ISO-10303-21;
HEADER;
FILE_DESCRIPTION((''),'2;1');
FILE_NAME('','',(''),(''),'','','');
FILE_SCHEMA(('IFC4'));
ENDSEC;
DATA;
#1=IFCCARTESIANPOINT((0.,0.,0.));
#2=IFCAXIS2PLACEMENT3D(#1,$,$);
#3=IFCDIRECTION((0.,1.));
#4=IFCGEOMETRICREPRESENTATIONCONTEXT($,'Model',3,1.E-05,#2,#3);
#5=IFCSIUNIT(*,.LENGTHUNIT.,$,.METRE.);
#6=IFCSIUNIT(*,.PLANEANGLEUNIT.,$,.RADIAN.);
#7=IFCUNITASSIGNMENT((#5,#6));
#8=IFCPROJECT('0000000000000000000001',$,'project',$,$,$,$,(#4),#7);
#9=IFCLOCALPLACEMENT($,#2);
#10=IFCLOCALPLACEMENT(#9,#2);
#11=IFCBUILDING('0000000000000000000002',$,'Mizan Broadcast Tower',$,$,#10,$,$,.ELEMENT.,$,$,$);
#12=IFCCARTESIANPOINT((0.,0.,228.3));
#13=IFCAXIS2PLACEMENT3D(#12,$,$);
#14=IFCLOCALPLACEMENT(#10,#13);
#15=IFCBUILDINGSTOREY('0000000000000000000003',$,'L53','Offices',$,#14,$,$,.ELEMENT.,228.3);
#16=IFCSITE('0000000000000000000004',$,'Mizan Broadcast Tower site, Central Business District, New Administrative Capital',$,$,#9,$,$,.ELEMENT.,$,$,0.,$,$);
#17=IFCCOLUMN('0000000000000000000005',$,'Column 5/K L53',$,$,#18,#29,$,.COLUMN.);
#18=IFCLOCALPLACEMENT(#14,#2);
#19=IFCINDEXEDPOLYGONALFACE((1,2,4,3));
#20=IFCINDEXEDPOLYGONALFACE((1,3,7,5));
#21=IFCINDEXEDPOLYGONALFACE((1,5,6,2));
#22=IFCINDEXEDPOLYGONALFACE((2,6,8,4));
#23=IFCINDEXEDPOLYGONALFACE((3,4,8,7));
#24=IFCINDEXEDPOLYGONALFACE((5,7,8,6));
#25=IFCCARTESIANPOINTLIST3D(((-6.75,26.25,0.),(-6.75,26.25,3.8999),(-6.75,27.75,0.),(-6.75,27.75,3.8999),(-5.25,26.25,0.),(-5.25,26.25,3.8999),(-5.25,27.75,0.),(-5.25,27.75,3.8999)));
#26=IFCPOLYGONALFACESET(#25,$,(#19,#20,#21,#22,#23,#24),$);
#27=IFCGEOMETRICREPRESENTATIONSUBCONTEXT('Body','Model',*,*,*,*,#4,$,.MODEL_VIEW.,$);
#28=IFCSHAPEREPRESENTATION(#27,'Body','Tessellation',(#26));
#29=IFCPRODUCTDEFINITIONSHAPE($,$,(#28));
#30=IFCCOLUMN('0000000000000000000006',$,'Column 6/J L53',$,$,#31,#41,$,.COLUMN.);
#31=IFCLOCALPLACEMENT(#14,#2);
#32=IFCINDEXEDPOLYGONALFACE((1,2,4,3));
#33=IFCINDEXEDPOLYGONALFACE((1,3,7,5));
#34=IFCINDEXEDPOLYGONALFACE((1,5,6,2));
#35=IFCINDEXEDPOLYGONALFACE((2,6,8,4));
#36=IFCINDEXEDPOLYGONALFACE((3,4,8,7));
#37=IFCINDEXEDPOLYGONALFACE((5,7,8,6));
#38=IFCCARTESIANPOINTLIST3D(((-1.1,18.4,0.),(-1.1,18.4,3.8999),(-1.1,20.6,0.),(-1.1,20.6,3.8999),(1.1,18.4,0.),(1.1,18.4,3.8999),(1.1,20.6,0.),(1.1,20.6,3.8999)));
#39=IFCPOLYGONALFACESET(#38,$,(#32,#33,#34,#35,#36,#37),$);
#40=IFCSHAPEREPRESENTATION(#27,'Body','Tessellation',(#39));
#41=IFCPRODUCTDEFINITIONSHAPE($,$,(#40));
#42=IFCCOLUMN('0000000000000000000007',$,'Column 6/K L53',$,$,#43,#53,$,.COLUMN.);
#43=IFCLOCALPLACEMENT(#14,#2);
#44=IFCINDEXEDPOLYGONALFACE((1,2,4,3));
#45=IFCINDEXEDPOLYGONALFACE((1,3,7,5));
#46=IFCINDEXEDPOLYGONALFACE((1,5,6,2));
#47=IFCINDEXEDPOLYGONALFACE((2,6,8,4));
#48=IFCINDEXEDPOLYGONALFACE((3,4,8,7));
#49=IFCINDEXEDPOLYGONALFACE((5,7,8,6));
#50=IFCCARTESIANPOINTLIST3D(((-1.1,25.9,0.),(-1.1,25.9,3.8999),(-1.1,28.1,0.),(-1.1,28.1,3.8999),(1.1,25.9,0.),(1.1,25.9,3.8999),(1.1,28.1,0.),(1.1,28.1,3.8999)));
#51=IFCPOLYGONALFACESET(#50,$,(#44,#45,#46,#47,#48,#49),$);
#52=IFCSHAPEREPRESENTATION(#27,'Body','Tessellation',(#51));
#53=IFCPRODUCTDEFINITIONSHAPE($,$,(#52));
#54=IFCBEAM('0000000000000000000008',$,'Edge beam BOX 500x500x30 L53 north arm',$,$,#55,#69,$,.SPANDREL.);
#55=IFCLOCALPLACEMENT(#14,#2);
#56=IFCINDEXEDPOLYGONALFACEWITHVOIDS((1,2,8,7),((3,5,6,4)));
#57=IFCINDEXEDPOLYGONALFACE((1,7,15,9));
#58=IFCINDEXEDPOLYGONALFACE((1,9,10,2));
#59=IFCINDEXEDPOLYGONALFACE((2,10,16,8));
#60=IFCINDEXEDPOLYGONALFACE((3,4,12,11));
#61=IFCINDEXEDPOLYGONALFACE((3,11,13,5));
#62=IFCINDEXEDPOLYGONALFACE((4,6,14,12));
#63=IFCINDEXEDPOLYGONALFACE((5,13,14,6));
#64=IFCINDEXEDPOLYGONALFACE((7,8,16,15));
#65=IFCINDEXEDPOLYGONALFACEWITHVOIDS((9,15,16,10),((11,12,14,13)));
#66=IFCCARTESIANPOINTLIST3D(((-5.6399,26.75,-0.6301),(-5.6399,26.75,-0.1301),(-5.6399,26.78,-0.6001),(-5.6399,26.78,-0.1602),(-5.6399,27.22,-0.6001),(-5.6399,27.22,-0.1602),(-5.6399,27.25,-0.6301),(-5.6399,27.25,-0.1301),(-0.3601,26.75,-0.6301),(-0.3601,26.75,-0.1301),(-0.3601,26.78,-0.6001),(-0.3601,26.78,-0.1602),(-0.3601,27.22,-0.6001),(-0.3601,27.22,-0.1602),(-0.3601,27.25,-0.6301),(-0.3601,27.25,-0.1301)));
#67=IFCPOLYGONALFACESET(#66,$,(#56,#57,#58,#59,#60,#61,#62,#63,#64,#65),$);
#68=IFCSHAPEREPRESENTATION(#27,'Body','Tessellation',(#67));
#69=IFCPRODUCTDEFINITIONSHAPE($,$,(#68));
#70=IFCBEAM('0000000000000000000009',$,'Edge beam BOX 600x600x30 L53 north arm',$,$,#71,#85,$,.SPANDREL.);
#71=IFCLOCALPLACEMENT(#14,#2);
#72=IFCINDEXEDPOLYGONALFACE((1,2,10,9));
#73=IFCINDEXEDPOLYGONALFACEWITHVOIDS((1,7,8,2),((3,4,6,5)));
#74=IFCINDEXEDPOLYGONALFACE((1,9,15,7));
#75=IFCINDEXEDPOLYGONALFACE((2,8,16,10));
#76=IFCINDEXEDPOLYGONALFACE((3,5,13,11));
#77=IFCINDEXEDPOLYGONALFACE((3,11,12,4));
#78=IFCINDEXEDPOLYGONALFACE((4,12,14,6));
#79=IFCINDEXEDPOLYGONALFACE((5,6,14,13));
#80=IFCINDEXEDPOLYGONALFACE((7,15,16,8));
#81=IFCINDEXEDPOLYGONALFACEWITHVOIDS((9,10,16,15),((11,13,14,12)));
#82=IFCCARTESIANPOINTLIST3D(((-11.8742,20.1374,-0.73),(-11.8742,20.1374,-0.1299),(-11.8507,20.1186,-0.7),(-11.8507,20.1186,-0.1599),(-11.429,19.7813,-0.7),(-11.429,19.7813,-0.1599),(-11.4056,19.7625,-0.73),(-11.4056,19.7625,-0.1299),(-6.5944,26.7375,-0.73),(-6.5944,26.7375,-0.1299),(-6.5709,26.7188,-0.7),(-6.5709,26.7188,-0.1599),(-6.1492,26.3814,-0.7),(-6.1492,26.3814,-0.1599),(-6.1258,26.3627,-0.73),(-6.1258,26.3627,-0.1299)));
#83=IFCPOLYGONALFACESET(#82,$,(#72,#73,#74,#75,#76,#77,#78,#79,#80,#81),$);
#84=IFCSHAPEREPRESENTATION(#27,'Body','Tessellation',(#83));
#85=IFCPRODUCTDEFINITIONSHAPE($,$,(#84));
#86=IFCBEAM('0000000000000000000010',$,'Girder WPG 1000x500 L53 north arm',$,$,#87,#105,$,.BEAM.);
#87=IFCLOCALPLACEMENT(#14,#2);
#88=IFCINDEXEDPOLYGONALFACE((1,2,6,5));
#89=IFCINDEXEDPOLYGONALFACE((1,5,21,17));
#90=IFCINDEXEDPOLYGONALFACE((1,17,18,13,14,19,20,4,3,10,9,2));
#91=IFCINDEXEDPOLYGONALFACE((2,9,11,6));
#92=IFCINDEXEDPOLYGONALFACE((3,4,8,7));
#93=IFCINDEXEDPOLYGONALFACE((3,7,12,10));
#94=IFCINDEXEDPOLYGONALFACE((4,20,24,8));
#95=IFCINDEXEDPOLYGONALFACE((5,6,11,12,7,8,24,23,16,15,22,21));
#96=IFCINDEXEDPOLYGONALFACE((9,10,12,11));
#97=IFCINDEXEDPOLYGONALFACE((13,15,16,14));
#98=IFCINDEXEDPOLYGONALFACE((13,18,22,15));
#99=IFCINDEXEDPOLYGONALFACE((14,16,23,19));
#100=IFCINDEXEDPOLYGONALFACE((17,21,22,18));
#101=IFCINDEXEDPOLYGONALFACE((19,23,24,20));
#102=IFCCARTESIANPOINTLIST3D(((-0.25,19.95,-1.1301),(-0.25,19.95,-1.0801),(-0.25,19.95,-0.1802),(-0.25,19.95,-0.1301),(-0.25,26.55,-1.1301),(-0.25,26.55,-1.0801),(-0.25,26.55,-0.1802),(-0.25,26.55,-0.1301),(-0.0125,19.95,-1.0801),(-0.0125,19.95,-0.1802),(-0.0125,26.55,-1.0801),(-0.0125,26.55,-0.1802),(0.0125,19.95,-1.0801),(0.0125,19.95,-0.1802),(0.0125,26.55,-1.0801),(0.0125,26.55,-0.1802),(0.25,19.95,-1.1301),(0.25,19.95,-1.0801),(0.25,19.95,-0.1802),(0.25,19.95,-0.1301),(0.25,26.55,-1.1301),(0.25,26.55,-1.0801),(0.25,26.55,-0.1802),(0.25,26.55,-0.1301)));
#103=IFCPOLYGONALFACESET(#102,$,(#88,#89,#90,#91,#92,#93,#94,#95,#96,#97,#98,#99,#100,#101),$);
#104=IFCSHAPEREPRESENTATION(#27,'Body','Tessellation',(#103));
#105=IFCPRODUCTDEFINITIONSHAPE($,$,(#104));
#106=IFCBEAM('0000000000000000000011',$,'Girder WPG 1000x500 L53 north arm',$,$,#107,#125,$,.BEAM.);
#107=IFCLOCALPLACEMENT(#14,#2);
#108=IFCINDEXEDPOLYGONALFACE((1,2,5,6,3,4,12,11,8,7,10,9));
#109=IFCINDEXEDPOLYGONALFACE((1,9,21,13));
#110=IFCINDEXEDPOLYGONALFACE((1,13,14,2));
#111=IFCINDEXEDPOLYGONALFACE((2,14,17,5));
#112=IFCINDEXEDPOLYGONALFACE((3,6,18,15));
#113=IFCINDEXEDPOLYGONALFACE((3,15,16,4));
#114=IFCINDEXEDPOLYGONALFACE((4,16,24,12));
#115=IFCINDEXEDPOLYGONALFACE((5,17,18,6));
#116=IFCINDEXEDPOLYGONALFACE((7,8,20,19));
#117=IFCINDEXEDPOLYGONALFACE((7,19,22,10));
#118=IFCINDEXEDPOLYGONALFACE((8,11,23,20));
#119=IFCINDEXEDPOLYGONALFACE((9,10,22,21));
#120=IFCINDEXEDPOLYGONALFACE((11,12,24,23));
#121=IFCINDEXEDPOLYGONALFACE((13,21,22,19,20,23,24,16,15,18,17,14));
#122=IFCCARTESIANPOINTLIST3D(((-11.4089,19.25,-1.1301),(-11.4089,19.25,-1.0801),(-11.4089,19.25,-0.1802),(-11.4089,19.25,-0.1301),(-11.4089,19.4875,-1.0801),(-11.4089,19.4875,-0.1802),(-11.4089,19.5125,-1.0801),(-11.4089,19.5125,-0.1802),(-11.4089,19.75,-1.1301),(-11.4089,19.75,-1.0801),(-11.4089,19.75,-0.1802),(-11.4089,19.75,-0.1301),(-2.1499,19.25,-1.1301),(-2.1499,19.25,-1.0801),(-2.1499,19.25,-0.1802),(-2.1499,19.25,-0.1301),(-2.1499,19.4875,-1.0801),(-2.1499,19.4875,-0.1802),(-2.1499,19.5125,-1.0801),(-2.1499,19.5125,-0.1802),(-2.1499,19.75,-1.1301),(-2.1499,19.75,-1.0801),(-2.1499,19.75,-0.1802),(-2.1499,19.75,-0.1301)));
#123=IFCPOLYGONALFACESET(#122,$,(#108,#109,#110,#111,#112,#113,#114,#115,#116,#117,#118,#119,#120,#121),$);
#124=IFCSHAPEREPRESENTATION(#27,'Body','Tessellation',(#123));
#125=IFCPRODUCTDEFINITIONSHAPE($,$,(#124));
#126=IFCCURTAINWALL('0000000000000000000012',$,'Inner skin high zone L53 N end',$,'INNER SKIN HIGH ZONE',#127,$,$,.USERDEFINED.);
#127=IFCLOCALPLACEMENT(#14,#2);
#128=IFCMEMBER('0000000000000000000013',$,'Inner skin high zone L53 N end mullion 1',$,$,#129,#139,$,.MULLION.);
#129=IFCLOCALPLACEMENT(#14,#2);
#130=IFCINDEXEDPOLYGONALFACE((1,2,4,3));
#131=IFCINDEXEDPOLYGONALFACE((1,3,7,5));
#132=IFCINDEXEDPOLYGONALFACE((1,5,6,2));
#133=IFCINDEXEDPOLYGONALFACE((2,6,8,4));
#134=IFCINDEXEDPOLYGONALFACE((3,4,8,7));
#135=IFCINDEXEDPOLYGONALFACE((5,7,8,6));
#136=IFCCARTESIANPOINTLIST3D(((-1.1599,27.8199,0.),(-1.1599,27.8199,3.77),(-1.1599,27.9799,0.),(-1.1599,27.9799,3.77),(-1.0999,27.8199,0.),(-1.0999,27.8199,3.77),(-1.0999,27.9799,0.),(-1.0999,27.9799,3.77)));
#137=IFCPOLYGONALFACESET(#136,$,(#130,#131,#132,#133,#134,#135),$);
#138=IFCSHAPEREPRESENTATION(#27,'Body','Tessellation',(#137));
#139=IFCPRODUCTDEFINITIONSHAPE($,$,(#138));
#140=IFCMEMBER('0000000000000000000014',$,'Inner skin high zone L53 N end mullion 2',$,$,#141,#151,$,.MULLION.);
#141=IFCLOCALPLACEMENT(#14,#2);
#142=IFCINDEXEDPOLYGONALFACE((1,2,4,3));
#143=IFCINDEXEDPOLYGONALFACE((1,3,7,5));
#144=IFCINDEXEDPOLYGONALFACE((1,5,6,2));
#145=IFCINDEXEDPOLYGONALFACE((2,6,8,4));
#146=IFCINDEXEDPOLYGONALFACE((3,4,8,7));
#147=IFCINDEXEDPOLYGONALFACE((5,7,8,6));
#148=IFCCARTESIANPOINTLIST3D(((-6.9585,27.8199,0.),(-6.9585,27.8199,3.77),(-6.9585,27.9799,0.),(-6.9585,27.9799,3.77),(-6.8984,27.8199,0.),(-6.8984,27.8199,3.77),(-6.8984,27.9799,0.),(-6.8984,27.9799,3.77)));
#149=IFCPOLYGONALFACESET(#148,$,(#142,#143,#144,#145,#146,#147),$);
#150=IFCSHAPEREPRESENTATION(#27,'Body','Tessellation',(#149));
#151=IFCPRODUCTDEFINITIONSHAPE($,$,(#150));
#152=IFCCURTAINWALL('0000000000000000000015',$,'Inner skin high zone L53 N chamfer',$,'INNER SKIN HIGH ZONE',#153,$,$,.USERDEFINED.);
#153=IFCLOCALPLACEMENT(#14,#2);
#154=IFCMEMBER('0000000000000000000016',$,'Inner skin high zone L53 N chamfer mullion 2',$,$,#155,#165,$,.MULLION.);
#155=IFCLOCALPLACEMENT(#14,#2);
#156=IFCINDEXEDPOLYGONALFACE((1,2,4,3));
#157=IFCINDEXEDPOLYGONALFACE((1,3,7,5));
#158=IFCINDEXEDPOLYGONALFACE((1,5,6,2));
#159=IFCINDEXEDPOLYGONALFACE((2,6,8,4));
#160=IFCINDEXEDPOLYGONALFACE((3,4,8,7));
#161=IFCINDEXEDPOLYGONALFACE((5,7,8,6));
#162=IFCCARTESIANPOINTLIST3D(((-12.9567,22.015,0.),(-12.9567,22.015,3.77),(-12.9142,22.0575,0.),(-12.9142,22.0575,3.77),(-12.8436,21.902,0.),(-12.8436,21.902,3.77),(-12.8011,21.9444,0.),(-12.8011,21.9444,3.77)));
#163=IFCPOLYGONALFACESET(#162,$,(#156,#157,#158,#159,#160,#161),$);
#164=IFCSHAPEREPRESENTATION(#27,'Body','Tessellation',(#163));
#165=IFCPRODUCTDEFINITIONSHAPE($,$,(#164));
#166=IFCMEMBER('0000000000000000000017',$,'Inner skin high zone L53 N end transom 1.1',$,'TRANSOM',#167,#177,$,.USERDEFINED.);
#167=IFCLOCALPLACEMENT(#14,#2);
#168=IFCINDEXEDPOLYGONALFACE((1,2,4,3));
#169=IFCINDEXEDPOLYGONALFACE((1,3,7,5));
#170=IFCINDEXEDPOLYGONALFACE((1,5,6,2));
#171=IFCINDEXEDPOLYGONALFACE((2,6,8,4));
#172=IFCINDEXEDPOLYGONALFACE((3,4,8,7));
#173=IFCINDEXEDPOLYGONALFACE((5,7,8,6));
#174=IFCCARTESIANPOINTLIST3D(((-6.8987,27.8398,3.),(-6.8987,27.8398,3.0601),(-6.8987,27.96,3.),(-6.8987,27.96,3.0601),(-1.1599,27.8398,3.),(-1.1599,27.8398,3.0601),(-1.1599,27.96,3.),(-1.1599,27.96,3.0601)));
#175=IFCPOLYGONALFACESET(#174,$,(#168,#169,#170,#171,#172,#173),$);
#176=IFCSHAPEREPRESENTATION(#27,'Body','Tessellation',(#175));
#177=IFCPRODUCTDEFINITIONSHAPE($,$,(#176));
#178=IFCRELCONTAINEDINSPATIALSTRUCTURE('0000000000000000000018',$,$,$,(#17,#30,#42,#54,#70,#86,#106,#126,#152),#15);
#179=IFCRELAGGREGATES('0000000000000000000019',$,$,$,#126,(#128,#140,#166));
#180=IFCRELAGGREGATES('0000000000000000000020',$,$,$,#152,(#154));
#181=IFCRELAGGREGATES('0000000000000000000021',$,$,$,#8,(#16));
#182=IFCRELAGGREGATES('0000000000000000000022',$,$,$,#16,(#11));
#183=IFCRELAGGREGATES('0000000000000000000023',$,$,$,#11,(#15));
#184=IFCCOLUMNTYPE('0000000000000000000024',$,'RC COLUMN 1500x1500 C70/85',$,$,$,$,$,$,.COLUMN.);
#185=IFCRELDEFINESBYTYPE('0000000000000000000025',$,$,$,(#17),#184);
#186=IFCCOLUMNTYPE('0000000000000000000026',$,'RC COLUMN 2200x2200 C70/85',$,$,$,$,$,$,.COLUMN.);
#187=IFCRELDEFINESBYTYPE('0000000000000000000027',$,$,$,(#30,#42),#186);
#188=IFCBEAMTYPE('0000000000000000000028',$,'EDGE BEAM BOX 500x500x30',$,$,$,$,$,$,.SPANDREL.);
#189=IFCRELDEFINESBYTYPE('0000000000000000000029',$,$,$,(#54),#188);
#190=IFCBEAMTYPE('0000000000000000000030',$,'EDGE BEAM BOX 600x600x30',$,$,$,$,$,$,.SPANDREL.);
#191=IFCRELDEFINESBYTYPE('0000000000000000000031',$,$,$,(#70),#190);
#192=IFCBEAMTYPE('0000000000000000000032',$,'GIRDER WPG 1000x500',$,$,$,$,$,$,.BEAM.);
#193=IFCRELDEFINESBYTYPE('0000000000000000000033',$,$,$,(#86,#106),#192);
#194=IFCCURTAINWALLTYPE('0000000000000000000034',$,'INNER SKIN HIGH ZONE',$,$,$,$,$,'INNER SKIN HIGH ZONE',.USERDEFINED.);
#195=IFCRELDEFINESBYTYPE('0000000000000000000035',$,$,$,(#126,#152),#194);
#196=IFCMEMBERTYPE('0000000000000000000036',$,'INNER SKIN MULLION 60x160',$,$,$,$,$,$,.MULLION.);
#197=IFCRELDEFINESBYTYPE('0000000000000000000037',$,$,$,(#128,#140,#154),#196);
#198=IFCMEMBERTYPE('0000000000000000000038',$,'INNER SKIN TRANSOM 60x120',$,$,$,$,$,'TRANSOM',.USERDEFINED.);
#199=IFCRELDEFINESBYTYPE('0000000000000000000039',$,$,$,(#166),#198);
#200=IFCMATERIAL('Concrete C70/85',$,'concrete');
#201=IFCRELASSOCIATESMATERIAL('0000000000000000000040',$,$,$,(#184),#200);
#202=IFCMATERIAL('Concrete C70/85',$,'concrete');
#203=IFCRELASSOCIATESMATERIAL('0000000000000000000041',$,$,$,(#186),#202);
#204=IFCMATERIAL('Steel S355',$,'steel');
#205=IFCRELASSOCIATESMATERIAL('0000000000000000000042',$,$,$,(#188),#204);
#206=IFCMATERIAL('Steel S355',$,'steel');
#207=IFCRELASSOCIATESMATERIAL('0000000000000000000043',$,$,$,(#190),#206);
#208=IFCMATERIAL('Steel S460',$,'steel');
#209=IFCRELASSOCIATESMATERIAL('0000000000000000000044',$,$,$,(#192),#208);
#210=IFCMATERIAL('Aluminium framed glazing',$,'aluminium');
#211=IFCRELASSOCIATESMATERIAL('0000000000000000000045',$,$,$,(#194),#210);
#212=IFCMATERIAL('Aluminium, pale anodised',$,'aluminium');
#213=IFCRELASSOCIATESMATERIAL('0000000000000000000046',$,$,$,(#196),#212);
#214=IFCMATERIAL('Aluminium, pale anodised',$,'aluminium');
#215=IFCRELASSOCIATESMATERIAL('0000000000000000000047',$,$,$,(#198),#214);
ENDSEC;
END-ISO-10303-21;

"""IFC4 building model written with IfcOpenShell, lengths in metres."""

from ifc_helpers import new_model, si_unit, direction, frame, origin, origin_2d, place, context, subcontext, project, spatial, rectangle, hollow_rectangle, i_section, extrude, material, material_profile, profile_set, type_object, element, aggregate, save


model = new_model("IFC4")

# Units and contexts
model_context = context("Model", 3, precision=1e-05, world=origin(), true_north=direction((0.0, 1.0)))
body_context = subcontext(model_context, "Body", "Model", "MODEL_VIEW")
ifc_project = project(units=[si_unit("LENGTHUNIT", "METRE"), si_unit("PLANEANGLEUNIT", "RADIAN")], contexts=[model_context])

# Site, building, storey
site_placement = place(None, origin())
site = spatial("IfcSite", under=ifc_project, at=site_placement, Name="Mizan Broadcast Tower site, Central Business District, New Administrative Capital", CompositionType="ELEMENT", RefElevation=0.0)
building_placement = place(site_placement, origin())
building = spatial("IfcBuilding", under=site, at=building_placement, Name="Mizan Broadcast Tower", CompositionType="ELEMENT")
storey_placement = place(building_placement, frame((0.0, 0.0, 228.3)))
storey = spatial("IfcBuildingStorey", under=building, at=storey_placement, Name="L53", Description="Offices", CompositionType="ELEMENT", Elevation=228.3)

# Columns
ifc_material_1 = material(Name="Concrete C70/85", Category="concrete")
ifc_material_profile_1 = material_profile(ifc_material_1, rectangle(XDim=1.5, YDim=1.5, at=origin_2d()), Name="RC 1500x1500")
ifc_profile_set_1 = profile_set([ifc_material_profile_1], Name="Concrete C70/85")
column_type_1 = type_object("IfcColumnType", Name="RC COLUMN 1500x1500 C70/85", PredefinedType="COLUMN", material=ifc_profile_set_1)
column_placement = place(storey_placement, frame((-6.0, 27.0, 0.0), z_axis=(0.0, 0.0, 1.0), x_axis=(1.0, 0.0, 0.0)))
element("IfcColumn", 1, at=column_placement, inside=storey, type_object=column_type_1, Name="Column 5/K L53", PredefinedType="COLUMN", context=body_context, shape_type="SweptSolid", body=[
    extrude(rectangle(XDim=1.5, YDim=1.5, at=origin_2d()), origin(), (0.0, 0.0, 1.0), 3.8999),
])
ifc_material_2 = material(Name="Concrete C70/85", Category="concrete")
ifc_material_profile_2 = material_profile(ifc_material_2, rectangle(XDim=2.2, YDim=2.2, at=origin_2d()), Name="RC 2200x2200")
ifc_profile_set_2 = profile_set([ifc_material_profile_2], Name="Concrete C70/85")
column_type_2 = type_object("IfcColumnType", Name="RC COLUMN 2200x2200 C70/85", PredefinedType="COLUMN", material=ifc_profile_set_2)
for number, where, z_axis, x_axis, name in (
    (2, (0.0, 19.5, 0.0), (0.0, 0.0, 1.0), (1.0, 0.0, 0.0), "Column 6/J L53"),
    (3, (0.0, 27.0, 0.0), (0.0, 0.0, 1.0), (1.0, 0.0, 0.0), "Column 6/K L53"),
):
    element("IfcColumn", number, at=place(storey_placement, frame(where, z_axis=z_axis, x_axis=x_axis)), inside=storey, type_object=column_type_2, Name=name, PredefinedType="COLUMN", context=body_context, shape_type="SweptSolid", body=[
        extrude(rectangle(XDim=2.2, YDim=2.2, at=origin_2d()), origin(), (0.0, 0.0, 1.0), 3.8999),
    ])

# Beams
ifc_material_3 = material(Name="Steel S355", Category="steel")
ifc_material_profile_3 = material_profile(ifc_material_3, hollow_rectangle(XDim=0.5, YDim=0.5, WallThickness=0.03, at=origin_2d()), Name="BOX 500x500x30")
ifc_profile_set_3 = profile_set([ifc_material_profile_3], Name="Steel S355")
beam_type_1 = type_object("IfcBeamType", Name="EDGE BEAM BOX 500x500x30", PredefinedType="SPANDREL", material=ifc_profile_set_3)
beam_1_placement = place(storey_placement, frame((-5.6399, 27.0, -0.3801), z_axis=(1.0, 0.0, 0.0), x_axis=(0.0, 1.0, 0.0)))
element("IfcBeam", 4, at=beam_1_placement, inside=storey, type_object=beam_type_1, Name="Edge beam BOX 500x500x30 L53 north arm", PredefinedType="SPANDREL", context=body_context, shape_type="SweptSolid", body=[
    extrude(hollow_rectangle(XDim=0.5, YDim=0.5, WallThickness=0.03, at=origin_2d()), origin(), (0.0, 0.0, 1.0), 5.2798),
])
ifc_material_4 = material(Name="Steel S355", Category="steel")
ifc_material_profile_4 = material_profile(ifc_material_4, hollow_rectangle(XDim=0.6001, YDim=0.6001, WallThickness=0.03, at=origin_2d()), Name="BOX 600x600x30")
ifc_profile_set_4 = profile_set([ifc_material_profile_4], Name="Steel S355")
beam_type_2 = type_object("IfcBeamType", Name="EDGE BEAM BOX 600x600x30", PredefinedType="SPANDREL", material=ifc_profile_set_4)
beam_2_placement = place(storey_placement, frame((-11.6399, 19.95, -0.4299), z_axis=(0.624674, 0.780886, 0.0), x_axis=(-0.780886, 0.624674, 0.0)))
element("IfcBeam", 5, at=beam_2_placement, inside=storey, type_object=beam_type_2, Name="Edge beam BOX 600x600x30 L53 north arm", PredefinedType="SPANDREL", context=body_context, shape_type="SweptSolid", body=[
    extrude(hollow_rectangle(XDim=0.6001, YDim=0.6001, WallThickness=0.03, at=origin_2d()), origin(), (0.0, 0.0, 1.0), 8.4521),
])
ifc_material_5 = material(Name="Steel S460", Category="steel")
ifc_material_profile_5 = material_profile(ifc_material_5, i_section(OverallWidth=0.5, OverallDepth=1.0, WebThickness=0.0249, FlangeThickness=0.05, at=origin_2d()), Name="WPG 1000x500")
ifc_profile_set_5 = profile_set([ifc_material_profile_5], Name="Steel S460")
beam_type_3 = type_object("IfcBeamType", Name="GIRDER WPG 1000x500", PredefinedType="BEAM", material=ifc_profile_set_5)
beam_3_placement = place(storey_placement, frame((0.0, 19.95, -0.6301), z_axis=(0.0, 1.0, 0.0), x_axis=(-1.0, 0.0, 0.0)))
element("IfcBeam", 6, at=beam_3_placement, inside=storey, type_object=beam_type_3, Name="Girder WPG 1000x500 L53 north arm", PredefinedType="BEAM", context=body_context, shape_type="SweptSolid", body=[
    extrude(i_section(OverallWidth=0.5, OverallDepth=1.0, WebThickness=0.0249, FlangeThickness=0.05, at=origin_2d()), origin(), (0.0, 0.0, 1.0), 6.6001),
])
beam_4_placement = place(storey_placement, frame((-11.4089, 19.5, -0.6301), z_axis=(1.0, 0.0, 0.0), x_axis=(0.0, 1.0, 0.0)))
element("IfcBeam", 7, at=beam_4_placement, inside=storey, type_object=beam_type_3, Name="Girder WPG 1000x500 L53 north arm", PredefinedType="BEAM", context=body_context, shape_type="SweptSolid", body=[
    extrude(i_section(OverallWidth=0.5, OverallDepth=1.0, WebThickness=0.0249, FlangeThickness=0.05, at=origin_2d()), origin(), (0.0, 0.0, 1.0), 9.259),
])

# Curtain wall, members
ifc_material_6 = material(Name="Aluminium framed glazing", Category="aluminium")
curtain_wall_type_1 = type_object("IfcCurtainWallType", Name="INNER SKIN HIGH ZONE", ElementType="INNER SKIN HIGH ZONE", PredefinedType="USERDEFINED", material=ifc_material_6)
curtain_wall_1_placement = place(storey_placement, origin())
curtain_wall_1 = element("IfcCurtainWall", 8, at=curtain_wall_1_placement, inside=storey, type_object=curtain_wall_type_1, Name="Inner skin high zone L53 N end", ObjectType="INNER SKIN HIGH ZONE", PredefinedType="USERDEFINED")
ifc_material_7 = material(Name="Aluminium, pale anodised", Category="aluminium")
ifc_material_profile_6 = material_profile(ifc_material_7, rectangle(XDim=0.1599, YDim=0.0601, at=origin_2d()), Name="MULLION 160x60")
ifc_profile_set_6 = profile_set([ifc_material_profile_6], Name="Aluminium, pale anodised")
member_type_1 = type_object("IfcMemberType", Name="INNER SKIN MULLION 60x160", PredefinedType="MULLION", material=ifc_profile_set_6)
member_1_placement = place(storey_placement, frame((-1.1299, 27.8999, 0.0), z_axis=(0.0, 0.0, 1.0), x_axis=(0.0, -1.0, 0.0)))
member_1 = element("IfcMember", 9, at=member_1_placement, type_object=member_type_1, Name="Inner skin high zone L53 N end mullion 1", PredefinedType="MULLION", context=body_context, shape_type="SweptSolid", body=[
    extrude(rectangle(XDim=0.1599, YDim=0.0601, at=origin_2d()), origin(), (0.0, 0.0, 1.0), 3.77),
])
member_2_placement = place(storey_placement, frame((-6.9285, 27.8999, 0.0), z_axis=(0.0, 0.0, 1.0), x_axis=(0.0, -1.0, 0.0)))
member_2 = element("IfcMember", 10, at=member_2_placement, type_object=member_type_1, Name="Inner skin high zone L53 N end mullion 2", PredefinedType="MULLION", context=body_context, shape_type="SweptSolid", body=[
    extrude(rectangle(XDim=0.1599, YDim=0.0601, at=origin_2d()), origin(), (0.0, 0.0, 1.0), 3.77),
])

# Curtain wall, member
curtain_wall_2_placement = place(storey_placement, origin())
curtain_wall_2 = element("IfcCurtainWall", 11, at=curtain_wall_2_placement, inside=storey, type_object=curtain_wall_type_1, Name="Inner skin high zone L53 N chamfer", ObjectType="INNER SKIN HIGH ZONE", PredefinedType="USERDEFINED")
member_3_placement = place(storey_placement, frame((-12.8789, 21.9797, 0.0), z_axis=(0.0, 0.0, 1.0), x_axis=(0.707107, -0.707107, 0.0)))
member_3 = element("IfcMember", 12, at=member_3_placement, type_object=member_type_1, Name="Inner skin high zone L53 N chamfer mullion 2", PredefinedType="MULLION", context=body_context, shape_type="SweptSolid", body=[
    extrude(rectangle(XDim=0.1599, YDim=0.0601, at=origin_2d()), origin(), (0.0, 0.0, 1.0), 3.77),
])

# Member
ifc_material_8 = material(Name="Aluminium, pale anodised", Category="aluminium")
ifc_material_profile_7 = material_profile(ifc_material_8, rectangle(XDim=0.1201, YDim=0.0601, at=origin_2d()), Name="TRANSOM 120x60")
ifc_profile_set_7 = profile_set([ifc_material_profile_7], Name="Aluminium, pale anodised")
member_type_2 = type_object("IfcMemberType", Name="INNER SKIN TRANSOM 60x120", ElementType="TRANSOM", PredefinedType="USERDEFINED", material=ifc_profile_set_7)
member_4_placement = place(storey_placement, frame((-1.1599, 27.8999, 3.03), z_axis=(-1.0, 0.0, 0.0), x_axis=(0.0, -1.0, 0.0)))
member_4 = element("IfcMember", 13, at=member_4_placement, type_object=member_type_2, Name="Inner skin high zone L53 N end transom 1.1", ObjectType="TRANSOM", PredefinedType="USERDEFINED", context=body_context, shape_type="SweptSolid", body=[
    extrude(rectangle(XDim=0.1201, YDim=0.0601, at=origin_2d()), origin(), (0.0, 0.0, 1.0), 5.7388),
])

aggregate(curtain_wall_1, [member_1, member_2, member_4])
aggregate(curtain_wall_2, [member_3])

save(model, "model.ifc")
